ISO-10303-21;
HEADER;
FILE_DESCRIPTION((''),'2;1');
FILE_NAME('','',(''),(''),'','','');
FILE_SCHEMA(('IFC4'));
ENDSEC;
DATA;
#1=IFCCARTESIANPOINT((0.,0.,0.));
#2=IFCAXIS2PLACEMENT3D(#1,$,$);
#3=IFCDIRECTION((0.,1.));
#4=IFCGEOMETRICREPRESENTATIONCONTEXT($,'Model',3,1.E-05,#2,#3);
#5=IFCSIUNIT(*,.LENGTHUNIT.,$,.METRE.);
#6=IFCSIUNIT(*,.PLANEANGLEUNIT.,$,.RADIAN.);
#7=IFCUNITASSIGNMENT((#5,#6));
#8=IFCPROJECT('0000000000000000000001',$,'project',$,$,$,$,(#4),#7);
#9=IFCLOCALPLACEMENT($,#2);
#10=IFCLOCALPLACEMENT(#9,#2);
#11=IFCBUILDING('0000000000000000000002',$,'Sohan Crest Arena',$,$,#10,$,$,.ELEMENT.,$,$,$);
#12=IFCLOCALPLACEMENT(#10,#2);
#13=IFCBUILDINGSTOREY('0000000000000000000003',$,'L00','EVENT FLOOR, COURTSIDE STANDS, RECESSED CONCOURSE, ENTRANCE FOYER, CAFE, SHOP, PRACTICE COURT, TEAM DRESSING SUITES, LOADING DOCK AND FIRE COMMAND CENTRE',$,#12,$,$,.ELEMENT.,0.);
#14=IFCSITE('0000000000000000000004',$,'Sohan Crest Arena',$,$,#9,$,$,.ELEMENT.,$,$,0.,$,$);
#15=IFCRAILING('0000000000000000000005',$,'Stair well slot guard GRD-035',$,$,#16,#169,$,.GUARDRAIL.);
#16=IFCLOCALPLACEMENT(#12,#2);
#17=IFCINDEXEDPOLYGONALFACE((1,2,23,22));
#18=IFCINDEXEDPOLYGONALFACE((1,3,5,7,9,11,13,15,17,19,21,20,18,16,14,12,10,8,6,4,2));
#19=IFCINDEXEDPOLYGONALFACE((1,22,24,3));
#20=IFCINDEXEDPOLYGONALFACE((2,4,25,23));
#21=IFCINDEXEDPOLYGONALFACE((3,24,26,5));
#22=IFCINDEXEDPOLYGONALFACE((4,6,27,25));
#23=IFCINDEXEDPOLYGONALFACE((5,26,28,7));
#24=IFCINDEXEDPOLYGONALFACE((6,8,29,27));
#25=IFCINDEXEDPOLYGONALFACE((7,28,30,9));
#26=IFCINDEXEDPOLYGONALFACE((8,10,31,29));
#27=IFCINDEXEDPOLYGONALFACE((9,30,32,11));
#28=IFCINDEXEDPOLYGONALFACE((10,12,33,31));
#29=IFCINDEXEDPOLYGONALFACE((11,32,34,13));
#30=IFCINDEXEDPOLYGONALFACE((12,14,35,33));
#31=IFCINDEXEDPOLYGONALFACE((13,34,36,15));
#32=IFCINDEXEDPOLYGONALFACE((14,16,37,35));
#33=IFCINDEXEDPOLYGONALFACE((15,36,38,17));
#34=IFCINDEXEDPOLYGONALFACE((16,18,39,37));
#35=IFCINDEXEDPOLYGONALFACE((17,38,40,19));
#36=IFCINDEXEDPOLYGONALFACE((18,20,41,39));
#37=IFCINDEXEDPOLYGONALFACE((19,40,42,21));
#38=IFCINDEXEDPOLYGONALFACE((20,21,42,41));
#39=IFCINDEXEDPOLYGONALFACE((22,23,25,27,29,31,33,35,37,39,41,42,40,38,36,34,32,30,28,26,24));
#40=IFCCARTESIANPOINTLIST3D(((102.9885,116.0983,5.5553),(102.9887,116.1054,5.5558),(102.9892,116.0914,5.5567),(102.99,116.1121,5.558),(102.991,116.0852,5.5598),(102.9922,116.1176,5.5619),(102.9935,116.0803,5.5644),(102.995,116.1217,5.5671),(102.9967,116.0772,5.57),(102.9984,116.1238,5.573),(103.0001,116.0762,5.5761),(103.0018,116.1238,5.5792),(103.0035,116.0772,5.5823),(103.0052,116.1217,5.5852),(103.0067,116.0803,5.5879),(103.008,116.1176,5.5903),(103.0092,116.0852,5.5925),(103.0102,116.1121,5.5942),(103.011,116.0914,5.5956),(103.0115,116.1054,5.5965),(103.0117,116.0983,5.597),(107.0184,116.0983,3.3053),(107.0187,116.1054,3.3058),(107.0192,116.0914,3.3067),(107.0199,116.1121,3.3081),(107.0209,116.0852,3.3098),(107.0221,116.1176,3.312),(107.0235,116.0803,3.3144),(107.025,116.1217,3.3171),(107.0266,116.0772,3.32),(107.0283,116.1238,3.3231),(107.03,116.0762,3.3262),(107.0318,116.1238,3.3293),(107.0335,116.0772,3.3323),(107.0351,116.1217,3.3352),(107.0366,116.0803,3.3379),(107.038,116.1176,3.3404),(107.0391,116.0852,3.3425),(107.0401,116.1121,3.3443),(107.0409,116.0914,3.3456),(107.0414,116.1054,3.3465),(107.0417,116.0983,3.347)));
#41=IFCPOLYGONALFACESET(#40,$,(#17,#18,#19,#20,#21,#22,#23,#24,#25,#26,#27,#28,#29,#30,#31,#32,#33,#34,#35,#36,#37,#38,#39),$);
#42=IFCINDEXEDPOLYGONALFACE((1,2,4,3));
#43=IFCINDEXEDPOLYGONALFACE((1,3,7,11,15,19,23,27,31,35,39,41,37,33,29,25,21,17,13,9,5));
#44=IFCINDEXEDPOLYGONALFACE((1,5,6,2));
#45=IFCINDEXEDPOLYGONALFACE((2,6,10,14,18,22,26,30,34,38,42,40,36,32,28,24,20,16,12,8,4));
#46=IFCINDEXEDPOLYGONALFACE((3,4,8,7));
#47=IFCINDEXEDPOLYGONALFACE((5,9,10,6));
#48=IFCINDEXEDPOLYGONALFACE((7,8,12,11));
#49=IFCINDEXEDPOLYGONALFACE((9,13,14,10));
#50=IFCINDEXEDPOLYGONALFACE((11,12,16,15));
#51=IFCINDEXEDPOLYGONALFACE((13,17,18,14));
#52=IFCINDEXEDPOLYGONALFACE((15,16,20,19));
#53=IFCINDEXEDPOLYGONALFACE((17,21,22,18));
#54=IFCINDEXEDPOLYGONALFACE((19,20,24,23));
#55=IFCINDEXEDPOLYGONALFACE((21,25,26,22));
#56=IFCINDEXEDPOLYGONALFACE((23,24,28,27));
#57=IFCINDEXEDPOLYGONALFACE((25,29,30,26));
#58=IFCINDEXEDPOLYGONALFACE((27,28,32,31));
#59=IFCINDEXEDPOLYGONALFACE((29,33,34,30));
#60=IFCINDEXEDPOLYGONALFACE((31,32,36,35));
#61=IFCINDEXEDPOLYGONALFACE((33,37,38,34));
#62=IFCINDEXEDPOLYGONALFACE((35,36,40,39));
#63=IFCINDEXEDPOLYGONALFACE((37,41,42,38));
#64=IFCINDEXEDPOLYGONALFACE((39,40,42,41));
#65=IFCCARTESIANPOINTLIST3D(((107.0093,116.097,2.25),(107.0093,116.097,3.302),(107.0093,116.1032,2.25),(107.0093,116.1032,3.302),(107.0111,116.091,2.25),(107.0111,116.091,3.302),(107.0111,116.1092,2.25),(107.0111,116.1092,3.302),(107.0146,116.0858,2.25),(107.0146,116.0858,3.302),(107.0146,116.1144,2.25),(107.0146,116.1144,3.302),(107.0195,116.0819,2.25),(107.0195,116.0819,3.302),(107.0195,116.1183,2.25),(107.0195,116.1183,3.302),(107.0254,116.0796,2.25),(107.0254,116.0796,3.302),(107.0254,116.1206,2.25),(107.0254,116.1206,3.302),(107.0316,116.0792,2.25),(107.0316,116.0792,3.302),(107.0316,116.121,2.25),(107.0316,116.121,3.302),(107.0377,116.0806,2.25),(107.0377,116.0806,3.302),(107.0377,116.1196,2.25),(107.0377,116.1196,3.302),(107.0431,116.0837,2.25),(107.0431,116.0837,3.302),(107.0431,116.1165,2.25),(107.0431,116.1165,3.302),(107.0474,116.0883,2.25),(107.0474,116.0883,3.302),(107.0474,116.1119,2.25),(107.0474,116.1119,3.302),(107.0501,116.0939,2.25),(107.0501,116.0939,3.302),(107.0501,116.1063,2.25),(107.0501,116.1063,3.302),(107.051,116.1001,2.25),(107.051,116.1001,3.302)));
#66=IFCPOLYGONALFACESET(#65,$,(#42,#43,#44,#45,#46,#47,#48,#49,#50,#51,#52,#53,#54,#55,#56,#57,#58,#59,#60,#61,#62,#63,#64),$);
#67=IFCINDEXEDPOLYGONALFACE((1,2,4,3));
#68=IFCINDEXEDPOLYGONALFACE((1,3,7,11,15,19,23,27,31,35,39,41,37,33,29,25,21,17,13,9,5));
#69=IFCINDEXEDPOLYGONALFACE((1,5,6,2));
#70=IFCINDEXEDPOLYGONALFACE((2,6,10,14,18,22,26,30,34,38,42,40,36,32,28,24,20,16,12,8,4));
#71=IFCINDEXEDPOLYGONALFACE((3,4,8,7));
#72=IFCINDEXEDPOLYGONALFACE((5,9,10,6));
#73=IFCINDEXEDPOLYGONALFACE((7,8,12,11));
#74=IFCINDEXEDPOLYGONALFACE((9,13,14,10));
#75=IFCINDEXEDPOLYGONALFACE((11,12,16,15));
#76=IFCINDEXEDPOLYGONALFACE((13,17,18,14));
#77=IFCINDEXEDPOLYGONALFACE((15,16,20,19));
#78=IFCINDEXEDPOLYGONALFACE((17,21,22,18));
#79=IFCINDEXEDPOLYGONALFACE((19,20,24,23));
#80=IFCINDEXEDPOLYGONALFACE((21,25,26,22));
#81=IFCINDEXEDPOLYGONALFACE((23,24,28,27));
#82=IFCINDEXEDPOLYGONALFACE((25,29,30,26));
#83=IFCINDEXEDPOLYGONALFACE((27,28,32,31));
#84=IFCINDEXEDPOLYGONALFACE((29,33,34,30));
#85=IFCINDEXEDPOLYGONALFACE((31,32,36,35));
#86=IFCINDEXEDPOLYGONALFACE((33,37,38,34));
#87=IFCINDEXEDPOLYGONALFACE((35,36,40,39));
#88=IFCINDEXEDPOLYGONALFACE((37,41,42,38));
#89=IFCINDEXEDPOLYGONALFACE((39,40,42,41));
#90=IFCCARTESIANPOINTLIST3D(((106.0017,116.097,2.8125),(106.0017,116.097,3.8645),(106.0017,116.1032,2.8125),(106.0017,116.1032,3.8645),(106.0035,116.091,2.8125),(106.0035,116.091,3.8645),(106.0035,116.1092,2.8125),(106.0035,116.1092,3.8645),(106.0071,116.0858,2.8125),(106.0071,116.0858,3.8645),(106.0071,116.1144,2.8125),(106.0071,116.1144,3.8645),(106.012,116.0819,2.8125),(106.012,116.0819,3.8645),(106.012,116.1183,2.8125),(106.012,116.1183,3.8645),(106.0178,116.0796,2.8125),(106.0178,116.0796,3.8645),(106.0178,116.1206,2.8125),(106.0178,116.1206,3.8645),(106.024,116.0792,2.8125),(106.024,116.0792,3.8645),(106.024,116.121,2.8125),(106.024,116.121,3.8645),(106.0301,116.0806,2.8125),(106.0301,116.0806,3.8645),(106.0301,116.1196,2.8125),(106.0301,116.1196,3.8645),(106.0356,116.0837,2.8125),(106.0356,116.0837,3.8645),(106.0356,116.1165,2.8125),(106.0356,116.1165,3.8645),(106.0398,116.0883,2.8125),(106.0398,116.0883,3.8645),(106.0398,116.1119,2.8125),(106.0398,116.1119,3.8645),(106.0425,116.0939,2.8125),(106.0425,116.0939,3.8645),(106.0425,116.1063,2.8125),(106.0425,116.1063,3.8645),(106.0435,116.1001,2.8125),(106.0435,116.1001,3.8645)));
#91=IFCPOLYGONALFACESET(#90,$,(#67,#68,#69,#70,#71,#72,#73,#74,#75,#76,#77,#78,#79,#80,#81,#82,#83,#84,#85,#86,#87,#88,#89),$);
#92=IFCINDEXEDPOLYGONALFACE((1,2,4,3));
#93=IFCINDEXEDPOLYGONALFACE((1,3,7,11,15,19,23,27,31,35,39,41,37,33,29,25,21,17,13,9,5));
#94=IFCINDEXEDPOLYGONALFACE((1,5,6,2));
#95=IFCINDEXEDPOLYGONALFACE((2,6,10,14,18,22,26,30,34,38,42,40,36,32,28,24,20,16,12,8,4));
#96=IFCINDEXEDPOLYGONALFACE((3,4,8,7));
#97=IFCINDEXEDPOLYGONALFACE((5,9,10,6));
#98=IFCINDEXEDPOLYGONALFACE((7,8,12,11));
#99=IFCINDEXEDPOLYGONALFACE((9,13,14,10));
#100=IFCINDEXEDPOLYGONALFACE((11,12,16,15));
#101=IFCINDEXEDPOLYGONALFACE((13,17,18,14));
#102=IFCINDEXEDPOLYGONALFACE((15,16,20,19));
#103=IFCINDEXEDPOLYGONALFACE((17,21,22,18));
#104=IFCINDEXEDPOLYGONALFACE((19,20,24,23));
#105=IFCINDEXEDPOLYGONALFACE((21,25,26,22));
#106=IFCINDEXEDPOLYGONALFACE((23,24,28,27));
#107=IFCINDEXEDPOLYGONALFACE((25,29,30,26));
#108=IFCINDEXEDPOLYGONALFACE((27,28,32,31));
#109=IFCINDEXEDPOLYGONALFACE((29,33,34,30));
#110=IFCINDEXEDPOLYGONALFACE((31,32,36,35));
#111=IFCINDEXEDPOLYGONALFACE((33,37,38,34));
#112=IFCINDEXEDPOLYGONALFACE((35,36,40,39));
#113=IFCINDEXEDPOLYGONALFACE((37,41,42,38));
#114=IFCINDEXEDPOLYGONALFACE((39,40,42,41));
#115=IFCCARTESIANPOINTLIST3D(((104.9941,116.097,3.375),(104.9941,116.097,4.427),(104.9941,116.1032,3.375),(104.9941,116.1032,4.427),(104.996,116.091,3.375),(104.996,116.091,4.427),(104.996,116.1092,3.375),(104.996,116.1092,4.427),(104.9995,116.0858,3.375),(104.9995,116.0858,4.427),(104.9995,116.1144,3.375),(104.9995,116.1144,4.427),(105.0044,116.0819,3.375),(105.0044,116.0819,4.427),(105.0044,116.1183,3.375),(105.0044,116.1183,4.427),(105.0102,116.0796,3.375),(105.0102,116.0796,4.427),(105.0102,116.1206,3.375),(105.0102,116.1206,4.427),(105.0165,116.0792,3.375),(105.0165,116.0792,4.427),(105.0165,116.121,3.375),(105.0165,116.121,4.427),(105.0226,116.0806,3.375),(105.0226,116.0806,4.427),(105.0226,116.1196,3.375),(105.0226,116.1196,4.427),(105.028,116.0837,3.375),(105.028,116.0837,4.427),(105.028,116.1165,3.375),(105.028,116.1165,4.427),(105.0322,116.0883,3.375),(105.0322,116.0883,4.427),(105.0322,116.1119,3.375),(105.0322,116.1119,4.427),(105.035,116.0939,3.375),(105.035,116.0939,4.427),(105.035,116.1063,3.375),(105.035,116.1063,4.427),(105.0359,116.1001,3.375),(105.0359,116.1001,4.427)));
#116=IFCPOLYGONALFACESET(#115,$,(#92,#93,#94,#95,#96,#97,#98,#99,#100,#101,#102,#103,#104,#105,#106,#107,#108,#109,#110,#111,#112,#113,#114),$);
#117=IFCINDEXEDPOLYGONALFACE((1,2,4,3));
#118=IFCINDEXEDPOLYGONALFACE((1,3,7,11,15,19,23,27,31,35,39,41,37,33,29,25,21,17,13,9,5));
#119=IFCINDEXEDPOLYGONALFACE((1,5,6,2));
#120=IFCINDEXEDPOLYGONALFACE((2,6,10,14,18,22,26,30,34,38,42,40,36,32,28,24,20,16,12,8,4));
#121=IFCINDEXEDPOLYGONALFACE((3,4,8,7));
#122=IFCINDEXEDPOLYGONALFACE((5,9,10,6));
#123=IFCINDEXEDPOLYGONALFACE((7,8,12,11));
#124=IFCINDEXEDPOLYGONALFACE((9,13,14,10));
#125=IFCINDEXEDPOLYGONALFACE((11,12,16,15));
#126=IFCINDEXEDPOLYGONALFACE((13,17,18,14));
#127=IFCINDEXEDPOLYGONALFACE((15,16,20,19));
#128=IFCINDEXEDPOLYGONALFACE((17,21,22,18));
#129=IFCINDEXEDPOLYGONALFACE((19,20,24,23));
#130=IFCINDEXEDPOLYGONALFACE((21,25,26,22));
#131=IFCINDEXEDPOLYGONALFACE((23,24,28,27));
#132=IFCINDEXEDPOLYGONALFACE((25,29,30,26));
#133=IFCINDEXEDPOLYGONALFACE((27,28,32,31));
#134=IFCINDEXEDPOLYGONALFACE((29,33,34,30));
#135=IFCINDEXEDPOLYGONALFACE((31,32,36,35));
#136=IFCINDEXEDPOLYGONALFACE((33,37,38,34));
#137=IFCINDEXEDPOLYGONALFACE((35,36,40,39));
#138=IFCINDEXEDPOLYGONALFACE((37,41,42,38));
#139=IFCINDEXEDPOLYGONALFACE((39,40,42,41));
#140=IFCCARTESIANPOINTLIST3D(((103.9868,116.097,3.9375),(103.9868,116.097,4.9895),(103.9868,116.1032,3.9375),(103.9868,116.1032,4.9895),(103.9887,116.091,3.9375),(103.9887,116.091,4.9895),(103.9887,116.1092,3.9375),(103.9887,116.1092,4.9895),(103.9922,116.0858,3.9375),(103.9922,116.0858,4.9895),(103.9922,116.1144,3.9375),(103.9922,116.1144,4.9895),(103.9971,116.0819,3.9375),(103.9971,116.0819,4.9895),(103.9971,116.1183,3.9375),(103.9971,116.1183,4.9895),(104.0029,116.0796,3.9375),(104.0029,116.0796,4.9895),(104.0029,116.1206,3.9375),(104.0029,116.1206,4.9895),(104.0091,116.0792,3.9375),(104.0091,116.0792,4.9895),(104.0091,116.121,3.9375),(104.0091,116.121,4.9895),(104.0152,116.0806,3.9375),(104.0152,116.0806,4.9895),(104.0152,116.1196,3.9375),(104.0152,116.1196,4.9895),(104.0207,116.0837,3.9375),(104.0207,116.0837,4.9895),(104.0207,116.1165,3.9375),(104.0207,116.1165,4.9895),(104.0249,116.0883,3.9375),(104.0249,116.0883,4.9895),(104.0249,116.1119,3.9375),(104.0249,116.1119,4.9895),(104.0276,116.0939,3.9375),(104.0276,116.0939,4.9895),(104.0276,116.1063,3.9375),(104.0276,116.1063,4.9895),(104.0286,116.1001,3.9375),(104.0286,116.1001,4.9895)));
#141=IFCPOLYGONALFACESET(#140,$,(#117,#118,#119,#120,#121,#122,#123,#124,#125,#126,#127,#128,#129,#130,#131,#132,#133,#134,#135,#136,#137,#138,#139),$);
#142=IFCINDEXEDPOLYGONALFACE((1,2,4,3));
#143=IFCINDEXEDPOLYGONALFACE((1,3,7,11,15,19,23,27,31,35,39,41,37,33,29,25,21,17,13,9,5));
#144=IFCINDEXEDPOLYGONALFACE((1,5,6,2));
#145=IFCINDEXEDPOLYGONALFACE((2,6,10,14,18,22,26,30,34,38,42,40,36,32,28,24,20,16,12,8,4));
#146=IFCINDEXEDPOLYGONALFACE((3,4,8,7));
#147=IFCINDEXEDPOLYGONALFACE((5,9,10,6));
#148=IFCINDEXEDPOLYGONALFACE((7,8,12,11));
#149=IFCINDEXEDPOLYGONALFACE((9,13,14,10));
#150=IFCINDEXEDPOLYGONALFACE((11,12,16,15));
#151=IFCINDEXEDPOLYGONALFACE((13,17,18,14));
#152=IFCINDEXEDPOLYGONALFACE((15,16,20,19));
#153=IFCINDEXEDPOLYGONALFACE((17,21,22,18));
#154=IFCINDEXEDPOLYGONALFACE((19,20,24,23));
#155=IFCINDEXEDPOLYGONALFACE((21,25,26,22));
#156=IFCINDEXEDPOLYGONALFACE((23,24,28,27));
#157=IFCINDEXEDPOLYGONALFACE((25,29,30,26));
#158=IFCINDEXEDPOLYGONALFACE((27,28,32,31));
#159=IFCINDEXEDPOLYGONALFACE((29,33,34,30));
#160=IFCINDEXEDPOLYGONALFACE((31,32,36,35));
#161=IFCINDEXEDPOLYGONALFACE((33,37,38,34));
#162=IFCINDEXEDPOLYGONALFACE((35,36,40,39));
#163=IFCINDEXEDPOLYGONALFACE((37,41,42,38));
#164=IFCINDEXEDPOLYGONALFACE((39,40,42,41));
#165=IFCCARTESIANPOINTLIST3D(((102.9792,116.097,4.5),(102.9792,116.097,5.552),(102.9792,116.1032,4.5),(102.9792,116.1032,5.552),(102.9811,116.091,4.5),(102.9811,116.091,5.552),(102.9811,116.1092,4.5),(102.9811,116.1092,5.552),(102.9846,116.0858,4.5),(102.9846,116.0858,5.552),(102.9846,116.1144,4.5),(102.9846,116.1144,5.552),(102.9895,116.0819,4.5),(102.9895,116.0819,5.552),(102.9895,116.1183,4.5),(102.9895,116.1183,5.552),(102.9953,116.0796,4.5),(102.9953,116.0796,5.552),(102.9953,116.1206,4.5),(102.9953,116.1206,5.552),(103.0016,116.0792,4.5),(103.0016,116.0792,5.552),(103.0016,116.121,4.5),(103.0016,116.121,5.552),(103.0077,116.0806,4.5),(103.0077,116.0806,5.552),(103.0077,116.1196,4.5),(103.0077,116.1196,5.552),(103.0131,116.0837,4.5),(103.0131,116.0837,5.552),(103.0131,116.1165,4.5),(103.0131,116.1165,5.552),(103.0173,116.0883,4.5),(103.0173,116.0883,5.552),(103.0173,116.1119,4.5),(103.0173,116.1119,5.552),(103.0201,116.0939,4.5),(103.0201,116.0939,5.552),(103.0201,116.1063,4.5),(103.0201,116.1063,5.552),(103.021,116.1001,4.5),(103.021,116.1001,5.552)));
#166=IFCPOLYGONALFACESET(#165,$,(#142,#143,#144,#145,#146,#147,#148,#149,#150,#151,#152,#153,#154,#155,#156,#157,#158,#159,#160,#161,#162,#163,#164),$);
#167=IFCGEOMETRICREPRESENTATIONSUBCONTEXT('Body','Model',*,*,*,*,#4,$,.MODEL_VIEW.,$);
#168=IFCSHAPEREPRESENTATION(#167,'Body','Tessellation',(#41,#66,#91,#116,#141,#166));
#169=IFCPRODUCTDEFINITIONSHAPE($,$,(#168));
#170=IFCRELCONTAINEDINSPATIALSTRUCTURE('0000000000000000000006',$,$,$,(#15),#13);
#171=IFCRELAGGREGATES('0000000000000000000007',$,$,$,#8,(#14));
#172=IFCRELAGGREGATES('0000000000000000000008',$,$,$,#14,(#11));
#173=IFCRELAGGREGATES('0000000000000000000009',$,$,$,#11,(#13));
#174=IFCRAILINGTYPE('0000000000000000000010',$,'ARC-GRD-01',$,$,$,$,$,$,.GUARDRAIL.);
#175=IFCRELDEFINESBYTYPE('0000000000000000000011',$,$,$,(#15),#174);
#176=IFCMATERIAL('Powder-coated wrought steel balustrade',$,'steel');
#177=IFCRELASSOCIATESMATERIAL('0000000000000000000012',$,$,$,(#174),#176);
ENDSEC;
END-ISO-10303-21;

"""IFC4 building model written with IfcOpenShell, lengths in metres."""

from ifc_helpers import new_model, si_unit, direction, frame, origin, origin_2d, place, context, subcontext, project, spatial, circle, extrude, material, type_object, element, save


model = new_model("IFC4")

# Units and contexts
model_context = context("Model", 3, precision=1e-05, world=origin(), true_north=direction((0.0, 1.0)))
body_context = subcontext(model_context, "Body", "Model", "MODEL_VIEW")
ifc_project = project(units=[si_unit("LENGTHUNIT", "METRE"), si_unit("PLANEANGLEUNIT", "RADIAN")], contexts=[model_context])

# Site, building, storey
site_placement = place(None, origin())
site = spatial("IfcSite", under=ifc_project, at=site_placement, Name="Sohan Crest Arena", CompositionType="ELEMENT", RefElevation=0.0)
building_placement = place(site_placement, origin())
building = spatial("IfcBuilding", under=site, at=building_placement, Name="Sohan Crest Arena", CompositionType="ELEMENT")
storey_placement = place(building_placement, origin())
storey = spatial("IfcBuildingStorey", under=building, at=storey_placement, Name="L00", Description="EVENT FLOOR, COURTSIDE STANDS, RECESSED CONCOURSE, ENTRANCE FOYER, CAFE, SHOP, PRACTICE COURT, TEAM DRESSING SUITES, LOADING DOCK AND FIRE COMMAND CENTRE", CompositionType="ELEMENT", Elevation=0.0)

# Railing
ifc_material_1 = material(Name="Powder-coated wrought steel balustrade", Category="steel")
railing_type_1 = type_object("IfcRailingType", Name="ARC-GRD-01", PredefinedType="GUARDRAIL", material=ifc_material_1)
railing_1_placement = place(storey_placement, frame((107.03, 116.1001, 2.25)))
element("IfcRailing", 1, at=railing_1_placement, inside=storey, type_object=railing_type_1, Name="Stair well slot guard GRD-035", PredefinedType="GUARDRAIL", context=body_context, shape_type="SweptSolid", body=[
    extrude(circle(Radius=0.0239, at=origin_2d()), frame((0.0, 0.0, 1.0762), z_axis=(-0.873135, 0.0, 0.487479), x_axis=(0.0, -1.0, 0.0)), (0.0, 0.0, 1.0), 4.6155),
    extrude(circle(Radius=0.021, at=origin_2d()), origin(), (0.0, 0.0, 1.0), 1.052),
    extrude(circle(Radius=0.021, at=origin_2d()), frame((-1.0076, 0.0, 0.5625)), (0.0, 0.0, 1.0), 1.052),
    extrude(circle(Radius=0.021, at=origin_2d()), frame((-2.0151, 0.0, 1.125)), (0.0, 0.0, 1.0), 1.052),
    extrude(circle(Radius=0.021, at=origin_2d()), frame((-3.0225, 0.0, 1.6875)), (0.0, 0.0, 1.0), 1.052),
    extrude(circle(Radius=0.021, at=origin_2d()), frame((-4.03, 0.0, 2.25)), (0.0, 0.0, 1.0), 1.052),
])

save(model, "model.ifc")
